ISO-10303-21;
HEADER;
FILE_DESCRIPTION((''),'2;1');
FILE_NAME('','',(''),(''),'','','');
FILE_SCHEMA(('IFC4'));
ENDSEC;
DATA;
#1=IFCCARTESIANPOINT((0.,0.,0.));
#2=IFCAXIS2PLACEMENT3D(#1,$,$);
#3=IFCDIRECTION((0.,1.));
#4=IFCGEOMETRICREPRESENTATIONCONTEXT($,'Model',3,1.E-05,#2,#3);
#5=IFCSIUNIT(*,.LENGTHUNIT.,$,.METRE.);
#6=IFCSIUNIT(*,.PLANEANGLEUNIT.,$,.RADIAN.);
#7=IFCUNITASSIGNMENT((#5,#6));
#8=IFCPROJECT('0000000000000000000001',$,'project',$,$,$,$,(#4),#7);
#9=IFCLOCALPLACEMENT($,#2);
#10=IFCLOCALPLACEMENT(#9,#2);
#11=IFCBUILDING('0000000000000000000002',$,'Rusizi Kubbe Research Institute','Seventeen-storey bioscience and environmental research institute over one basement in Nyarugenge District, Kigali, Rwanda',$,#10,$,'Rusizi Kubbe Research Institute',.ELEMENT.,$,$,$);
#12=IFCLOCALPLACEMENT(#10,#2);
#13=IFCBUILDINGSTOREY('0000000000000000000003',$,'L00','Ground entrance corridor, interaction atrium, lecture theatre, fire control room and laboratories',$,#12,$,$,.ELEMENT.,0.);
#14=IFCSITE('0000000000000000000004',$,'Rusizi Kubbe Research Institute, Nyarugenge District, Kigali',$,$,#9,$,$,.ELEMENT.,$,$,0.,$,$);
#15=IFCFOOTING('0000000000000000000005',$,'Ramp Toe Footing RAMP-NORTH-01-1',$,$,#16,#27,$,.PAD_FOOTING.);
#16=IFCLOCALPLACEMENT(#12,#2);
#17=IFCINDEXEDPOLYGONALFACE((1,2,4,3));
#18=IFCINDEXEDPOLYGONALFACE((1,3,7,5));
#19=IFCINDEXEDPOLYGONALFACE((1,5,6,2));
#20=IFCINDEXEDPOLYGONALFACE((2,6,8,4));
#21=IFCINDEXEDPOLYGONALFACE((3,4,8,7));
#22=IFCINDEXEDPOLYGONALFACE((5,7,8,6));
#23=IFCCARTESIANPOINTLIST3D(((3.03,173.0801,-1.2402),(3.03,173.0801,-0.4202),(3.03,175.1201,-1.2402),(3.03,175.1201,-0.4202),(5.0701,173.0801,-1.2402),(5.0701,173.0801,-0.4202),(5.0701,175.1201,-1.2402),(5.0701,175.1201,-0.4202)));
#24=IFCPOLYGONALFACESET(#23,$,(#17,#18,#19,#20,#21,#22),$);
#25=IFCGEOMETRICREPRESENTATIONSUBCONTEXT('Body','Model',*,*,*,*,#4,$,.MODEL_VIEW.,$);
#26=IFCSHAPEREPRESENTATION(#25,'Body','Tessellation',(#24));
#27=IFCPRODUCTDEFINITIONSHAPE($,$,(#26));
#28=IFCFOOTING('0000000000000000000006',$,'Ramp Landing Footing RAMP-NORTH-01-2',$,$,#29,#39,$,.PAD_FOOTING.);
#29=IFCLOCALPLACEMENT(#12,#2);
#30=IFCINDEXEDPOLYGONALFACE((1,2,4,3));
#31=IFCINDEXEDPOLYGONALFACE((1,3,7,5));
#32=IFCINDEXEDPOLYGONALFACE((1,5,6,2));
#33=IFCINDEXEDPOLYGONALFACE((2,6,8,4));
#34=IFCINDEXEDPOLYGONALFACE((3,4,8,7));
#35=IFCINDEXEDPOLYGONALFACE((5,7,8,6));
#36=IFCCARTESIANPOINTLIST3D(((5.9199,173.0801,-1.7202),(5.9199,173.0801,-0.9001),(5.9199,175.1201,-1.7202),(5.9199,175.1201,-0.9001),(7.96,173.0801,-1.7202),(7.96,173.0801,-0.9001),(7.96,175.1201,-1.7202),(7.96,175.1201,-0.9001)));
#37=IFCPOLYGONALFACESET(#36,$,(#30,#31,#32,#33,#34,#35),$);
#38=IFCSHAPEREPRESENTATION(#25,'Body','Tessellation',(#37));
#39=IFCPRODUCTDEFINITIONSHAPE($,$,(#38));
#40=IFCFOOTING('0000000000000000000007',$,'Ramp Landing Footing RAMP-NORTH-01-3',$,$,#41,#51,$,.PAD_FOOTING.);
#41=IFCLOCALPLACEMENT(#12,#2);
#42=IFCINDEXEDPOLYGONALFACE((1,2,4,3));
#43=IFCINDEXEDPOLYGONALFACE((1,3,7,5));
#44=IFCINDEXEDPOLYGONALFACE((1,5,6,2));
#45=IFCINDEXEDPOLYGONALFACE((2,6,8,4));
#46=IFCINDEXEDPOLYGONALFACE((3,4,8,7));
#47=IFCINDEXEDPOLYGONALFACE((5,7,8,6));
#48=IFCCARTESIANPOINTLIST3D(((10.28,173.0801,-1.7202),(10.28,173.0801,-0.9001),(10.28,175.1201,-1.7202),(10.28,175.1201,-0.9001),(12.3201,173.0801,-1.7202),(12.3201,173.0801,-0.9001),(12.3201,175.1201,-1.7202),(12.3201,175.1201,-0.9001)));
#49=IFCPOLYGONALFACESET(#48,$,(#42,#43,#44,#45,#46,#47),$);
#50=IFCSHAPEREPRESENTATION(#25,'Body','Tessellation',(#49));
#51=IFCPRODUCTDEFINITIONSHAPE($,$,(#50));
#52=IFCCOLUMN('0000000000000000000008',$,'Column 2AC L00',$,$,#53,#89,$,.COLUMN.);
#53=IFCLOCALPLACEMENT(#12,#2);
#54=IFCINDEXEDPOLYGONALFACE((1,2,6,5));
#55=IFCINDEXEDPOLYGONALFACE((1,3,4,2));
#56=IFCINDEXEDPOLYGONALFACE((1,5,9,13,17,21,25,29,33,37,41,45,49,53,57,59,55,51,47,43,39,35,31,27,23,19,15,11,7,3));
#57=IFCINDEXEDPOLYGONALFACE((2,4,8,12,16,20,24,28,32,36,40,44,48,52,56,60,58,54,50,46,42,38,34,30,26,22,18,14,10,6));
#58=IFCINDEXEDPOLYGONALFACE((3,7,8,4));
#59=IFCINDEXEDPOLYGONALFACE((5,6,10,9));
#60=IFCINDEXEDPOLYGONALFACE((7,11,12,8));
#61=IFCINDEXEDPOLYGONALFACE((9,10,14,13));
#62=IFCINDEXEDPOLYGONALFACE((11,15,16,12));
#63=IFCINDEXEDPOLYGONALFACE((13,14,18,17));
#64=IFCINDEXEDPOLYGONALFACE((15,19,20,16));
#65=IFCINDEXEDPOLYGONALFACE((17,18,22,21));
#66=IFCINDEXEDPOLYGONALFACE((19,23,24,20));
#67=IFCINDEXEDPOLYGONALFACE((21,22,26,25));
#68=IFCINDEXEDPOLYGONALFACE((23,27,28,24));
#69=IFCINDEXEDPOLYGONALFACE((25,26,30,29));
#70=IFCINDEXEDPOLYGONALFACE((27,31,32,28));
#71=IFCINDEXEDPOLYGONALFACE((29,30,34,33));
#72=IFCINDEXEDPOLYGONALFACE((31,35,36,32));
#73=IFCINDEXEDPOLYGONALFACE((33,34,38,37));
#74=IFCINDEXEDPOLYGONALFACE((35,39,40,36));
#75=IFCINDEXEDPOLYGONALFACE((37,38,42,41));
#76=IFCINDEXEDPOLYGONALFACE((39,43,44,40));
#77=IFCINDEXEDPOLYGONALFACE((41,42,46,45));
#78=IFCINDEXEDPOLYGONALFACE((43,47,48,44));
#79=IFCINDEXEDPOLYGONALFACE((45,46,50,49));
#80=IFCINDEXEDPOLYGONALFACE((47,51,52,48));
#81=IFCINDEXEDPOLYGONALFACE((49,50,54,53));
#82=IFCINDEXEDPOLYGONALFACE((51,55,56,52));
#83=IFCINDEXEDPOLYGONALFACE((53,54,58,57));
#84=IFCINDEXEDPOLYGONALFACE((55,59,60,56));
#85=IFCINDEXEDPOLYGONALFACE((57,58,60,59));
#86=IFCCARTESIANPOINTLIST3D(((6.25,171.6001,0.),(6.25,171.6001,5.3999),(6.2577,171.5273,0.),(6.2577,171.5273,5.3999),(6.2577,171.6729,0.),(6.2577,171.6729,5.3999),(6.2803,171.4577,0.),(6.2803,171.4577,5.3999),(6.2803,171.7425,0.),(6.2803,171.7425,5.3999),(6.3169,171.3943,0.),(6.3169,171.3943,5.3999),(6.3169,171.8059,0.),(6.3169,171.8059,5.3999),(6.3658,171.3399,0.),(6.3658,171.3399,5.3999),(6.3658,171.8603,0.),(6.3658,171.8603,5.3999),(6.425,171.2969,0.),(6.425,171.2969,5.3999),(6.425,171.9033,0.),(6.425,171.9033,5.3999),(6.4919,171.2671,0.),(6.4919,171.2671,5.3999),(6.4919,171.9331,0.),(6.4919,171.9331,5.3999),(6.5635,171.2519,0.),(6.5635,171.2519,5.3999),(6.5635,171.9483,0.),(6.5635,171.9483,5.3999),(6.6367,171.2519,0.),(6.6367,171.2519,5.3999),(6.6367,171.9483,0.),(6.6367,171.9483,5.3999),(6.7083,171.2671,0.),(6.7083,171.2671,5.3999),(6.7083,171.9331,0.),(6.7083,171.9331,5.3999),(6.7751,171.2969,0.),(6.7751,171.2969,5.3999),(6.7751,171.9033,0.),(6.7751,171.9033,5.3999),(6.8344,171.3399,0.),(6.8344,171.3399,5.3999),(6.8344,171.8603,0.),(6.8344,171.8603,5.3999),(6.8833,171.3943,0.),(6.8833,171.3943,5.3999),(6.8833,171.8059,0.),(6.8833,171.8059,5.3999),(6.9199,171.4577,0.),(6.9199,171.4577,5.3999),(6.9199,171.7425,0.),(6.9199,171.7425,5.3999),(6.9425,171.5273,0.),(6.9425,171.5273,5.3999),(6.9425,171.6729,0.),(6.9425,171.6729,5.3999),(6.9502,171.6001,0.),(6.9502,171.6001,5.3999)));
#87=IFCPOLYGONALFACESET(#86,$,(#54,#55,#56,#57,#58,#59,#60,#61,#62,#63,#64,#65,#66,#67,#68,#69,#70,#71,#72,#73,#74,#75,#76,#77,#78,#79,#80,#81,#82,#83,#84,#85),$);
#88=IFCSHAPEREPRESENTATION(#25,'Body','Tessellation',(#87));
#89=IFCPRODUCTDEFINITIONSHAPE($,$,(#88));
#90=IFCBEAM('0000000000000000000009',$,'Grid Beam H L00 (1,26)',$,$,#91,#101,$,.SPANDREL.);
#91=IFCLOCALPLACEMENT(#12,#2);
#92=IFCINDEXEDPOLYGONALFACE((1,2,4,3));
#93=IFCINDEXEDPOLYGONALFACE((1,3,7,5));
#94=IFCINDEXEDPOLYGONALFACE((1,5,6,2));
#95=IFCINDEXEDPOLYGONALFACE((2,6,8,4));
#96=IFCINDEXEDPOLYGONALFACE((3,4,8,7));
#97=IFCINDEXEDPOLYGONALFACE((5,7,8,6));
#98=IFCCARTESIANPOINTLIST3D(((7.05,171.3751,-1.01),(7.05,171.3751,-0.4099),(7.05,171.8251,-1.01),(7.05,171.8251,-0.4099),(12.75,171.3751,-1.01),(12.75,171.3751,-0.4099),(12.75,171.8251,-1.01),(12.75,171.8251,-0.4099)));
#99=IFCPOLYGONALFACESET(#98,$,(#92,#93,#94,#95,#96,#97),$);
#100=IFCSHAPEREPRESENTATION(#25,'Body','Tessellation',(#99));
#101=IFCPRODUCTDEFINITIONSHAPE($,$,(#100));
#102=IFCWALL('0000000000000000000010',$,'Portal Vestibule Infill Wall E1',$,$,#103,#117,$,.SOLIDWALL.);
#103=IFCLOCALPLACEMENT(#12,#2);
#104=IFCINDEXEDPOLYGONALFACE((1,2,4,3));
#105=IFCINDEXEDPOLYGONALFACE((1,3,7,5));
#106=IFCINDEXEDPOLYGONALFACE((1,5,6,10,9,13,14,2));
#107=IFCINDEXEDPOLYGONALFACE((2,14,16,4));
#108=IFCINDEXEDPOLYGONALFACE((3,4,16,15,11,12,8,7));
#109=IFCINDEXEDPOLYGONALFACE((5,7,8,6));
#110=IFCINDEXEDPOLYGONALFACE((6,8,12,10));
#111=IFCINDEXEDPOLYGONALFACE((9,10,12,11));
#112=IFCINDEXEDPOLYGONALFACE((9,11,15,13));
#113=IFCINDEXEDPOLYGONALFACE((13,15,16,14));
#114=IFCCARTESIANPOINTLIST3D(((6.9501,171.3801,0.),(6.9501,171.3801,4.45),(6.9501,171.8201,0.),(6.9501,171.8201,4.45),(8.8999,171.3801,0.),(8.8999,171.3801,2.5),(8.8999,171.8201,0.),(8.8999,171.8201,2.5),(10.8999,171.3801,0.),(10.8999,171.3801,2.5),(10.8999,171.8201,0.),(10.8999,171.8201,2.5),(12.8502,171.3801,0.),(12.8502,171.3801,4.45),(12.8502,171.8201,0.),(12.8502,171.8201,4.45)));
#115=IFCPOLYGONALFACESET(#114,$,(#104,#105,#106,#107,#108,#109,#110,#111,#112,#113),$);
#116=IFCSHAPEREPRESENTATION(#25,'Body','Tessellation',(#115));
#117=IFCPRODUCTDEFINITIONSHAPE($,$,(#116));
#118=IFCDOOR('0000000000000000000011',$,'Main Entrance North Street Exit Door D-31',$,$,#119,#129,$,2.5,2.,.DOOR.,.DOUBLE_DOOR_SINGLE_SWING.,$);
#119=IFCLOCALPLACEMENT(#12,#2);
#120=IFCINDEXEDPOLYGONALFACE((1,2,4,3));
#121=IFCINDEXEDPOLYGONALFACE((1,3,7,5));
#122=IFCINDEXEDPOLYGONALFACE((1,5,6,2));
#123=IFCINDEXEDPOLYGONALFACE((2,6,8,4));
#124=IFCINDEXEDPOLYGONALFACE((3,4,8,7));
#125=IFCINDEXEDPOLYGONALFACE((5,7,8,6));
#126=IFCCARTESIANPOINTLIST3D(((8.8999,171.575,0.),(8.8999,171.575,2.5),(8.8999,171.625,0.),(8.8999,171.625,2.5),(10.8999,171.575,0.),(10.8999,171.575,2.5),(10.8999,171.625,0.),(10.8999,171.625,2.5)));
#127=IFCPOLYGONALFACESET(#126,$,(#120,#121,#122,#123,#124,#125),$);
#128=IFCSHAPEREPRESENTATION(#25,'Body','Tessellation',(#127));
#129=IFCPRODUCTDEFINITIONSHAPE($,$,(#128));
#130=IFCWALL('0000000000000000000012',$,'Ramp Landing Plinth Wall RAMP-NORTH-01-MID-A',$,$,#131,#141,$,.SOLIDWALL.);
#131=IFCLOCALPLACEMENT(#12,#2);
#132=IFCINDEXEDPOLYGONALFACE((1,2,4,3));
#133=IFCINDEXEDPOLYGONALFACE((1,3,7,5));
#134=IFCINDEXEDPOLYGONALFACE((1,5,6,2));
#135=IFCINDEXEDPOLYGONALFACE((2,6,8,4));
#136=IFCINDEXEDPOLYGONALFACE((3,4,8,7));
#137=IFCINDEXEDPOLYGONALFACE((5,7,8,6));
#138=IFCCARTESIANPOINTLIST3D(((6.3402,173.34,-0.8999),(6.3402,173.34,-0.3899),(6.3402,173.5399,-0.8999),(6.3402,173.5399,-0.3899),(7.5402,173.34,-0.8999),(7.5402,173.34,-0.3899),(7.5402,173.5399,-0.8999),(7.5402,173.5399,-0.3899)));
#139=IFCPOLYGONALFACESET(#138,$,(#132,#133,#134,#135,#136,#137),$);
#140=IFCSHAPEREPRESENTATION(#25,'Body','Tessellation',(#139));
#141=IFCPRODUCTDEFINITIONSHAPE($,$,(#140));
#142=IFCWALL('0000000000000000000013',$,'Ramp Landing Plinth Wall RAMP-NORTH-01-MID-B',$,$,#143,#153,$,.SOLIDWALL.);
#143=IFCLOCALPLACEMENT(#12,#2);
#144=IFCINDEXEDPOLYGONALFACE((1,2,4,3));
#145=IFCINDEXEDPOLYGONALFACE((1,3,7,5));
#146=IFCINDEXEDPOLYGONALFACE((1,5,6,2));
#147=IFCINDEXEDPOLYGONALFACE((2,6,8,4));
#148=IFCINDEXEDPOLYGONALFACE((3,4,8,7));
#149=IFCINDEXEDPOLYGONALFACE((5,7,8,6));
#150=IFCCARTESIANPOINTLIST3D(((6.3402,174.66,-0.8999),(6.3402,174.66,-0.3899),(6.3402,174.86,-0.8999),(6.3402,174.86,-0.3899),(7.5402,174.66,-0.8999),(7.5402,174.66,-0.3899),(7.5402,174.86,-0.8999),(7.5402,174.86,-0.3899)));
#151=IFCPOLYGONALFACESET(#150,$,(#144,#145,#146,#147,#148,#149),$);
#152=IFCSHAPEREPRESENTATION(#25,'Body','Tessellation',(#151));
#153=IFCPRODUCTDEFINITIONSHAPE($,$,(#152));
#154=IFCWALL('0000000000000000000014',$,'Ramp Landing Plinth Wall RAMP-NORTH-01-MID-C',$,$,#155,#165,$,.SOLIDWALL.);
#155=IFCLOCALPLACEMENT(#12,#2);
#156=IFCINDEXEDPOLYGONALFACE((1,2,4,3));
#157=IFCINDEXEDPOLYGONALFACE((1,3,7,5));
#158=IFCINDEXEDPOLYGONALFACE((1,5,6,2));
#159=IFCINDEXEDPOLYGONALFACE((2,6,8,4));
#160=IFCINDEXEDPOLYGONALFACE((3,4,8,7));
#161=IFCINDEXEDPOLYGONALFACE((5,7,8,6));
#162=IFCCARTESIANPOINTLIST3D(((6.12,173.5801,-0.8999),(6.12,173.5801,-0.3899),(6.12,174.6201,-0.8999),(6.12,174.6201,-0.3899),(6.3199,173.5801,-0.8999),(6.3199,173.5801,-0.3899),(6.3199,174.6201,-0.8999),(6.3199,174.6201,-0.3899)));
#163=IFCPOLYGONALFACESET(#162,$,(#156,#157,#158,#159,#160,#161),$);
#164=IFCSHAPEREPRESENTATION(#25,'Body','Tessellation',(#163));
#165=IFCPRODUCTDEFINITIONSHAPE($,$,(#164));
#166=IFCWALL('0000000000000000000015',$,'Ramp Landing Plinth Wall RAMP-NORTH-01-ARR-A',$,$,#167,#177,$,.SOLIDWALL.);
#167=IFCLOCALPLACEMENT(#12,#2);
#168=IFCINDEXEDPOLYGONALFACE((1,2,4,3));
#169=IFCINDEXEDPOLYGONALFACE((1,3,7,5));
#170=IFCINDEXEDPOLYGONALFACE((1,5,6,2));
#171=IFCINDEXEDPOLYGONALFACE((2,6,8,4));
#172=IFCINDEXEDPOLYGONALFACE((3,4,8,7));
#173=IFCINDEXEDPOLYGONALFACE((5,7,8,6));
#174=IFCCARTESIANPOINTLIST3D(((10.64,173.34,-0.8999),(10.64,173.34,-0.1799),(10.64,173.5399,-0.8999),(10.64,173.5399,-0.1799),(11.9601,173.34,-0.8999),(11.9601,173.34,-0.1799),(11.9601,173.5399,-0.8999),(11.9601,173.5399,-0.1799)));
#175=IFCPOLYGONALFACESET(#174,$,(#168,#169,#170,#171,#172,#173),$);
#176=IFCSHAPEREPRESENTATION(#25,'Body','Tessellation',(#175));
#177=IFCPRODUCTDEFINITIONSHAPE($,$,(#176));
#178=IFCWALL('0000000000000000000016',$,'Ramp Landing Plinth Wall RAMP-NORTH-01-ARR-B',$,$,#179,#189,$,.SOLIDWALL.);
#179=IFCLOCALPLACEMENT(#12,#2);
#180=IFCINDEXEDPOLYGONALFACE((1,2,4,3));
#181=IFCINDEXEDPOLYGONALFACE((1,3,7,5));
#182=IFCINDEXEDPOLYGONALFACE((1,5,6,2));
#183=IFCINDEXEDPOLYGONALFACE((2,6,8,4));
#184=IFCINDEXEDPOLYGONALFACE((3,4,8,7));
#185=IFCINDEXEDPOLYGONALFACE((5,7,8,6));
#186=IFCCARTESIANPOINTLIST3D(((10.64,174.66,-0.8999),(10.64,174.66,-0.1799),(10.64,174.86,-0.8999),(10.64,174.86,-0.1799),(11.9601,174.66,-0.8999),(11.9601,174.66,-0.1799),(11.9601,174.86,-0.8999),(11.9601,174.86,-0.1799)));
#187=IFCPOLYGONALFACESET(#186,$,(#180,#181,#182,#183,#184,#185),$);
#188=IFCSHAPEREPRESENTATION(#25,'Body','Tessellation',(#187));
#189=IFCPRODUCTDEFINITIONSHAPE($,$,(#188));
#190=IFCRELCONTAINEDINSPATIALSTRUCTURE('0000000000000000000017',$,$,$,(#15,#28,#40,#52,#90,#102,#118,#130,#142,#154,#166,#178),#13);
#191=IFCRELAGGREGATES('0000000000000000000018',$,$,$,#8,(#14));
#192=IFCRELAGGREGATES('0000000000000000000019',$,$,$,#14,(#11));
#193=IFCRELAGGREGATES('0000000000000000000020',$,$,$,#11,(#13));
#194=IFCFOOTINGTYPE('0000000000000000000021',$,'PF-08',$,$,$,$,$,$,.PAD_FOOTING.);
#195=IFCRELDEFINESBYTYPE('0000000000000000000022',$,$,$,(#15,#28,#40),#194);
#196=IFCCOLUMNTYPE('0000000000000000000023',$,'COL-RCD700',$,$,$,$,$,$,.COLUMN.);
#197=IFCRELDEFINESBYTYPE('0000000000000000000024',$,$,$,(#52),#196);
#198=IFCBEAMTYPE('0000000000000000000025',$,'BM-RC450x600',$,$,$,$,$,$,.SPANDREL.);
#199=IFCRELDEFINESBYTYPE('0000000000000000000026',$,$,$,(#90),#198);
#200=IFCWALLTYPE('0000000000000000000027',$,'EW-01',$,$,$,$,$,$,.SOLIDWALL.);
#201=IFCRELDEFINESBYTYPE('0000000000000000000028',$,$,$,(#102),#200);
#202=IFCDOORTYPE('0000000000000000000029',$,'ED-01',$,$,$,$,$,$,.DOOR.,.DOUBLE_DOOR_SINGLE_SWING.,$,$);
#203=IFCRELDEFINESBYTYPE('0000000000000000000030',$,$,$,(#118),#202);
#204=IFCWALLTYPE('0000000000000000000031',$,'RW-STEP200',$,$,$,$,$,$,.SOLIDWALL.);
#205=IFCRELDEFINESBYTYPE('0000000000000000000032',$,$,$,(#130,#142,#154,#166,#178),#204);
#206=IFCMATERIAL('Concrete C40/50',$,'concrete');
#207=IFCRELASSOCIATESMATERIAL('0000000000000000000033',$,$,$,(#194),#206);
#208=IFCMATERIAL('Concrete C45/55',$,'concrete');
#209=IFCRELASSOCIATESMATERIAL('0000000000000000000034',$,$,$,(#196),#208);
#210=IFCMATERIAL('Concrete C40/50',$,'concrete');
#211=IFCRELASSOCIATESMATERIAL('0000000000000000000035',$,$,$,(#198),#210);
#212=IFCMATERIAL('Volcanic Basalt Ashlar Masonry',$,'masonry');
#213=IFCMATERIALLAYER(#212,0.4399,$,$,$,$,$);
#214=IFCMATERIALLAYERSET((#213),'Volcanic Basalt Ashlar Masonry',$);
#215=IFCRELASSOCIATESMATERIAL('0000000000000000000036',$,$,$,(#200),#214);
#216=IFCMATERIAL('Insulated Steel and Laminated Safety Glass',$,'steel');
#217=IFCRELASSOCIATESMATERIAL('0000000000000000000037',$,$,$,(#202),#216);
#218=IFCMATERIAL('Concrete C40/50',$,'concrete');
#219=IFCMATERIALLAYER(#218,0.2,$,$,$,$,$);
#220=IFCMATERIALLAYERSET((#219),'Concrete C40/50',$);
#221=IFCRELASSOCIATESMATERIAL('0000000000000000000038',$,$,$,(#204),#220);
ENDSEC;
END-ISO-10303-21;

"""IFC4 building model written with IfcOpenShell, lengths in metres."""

from ifc_helpers import new_model, si_unit, direction, frame, frame_2d, origin, origin_2d, place, context, subcontext, project, spatial, rectangle, circle, extrude, material, layer, layer_set, material_profile, profile_set, type_object, element, fill, save


model = new_model("IFC4")

# Units and contexts
model_context = context("Model", 3, precision=1e-05, world=origin(), true_north=direction((0.0, 1.0)))
body_context = subcontext(model_context, "Body", "Model", "MODEL_VIEW")
ifc_project = project(units=[si_unit("LENGTHUNIT", "METRE"), si_unit("PLANEANGLEUNIT", "RADIAN")], contexts=[model_context])

# Site, building, storey
site_placement = place(None, origin())
site = spatial("IfcSite", under=ifc_project, at=site_placement, Name="Rusizi Kubbe Research Institute, Nyarugenge District, Kigali", CompositionType="ELEMENT", RefElevation=0.0)
building_placement = place(site_placement, origin())
building = spatial("IfcBuilding", under=site, at=building_placement, Name="Rusizi Kubbe Research Institute", Description="Seventeen-storey bioscience and environmental research institute over one basement in Nyarugenge District, Kigali, Rwanda", LongName="Rusizi Kubbe Research Institute", CompositionType="ELEMENT")
storey_placement = place(building_placement, origin())
storey = spatial("IfcBuildingStorey", under=building, at=storey_placement, Name="L00", Description="Ground entrance corridor, interaction atrium, lecture theatre, fire control room and laboratories", CompositionType="ELEMENT", Elevation=0.0)

# Footings
ifc_material_1 = material(Name="Concrete C40/50", Category="concrete")
footing_type = type_object("IfcFootingType", Name="PF-08", PredefinedType="PAD_FOOTING", material=ifc_material_1)
for number, where, z_axis, x_axis, name in (
    (1, (4.05, 174.1001, -1.2402), (0.0, 0.0, 1.0), (1.0, 0.0, 0.0), "Ramp Toe Footing RAMP-NORTH-01-1"),
    (2, (6.9399, 174.1001, -1.7202), (0.0, 0.0, 1.0), (1.0, 0.0, 0.0), "Ramp Landing Footing RAMP-NORTH-01-2"),
    (3, (11.3, 174.1001, -1.7202), (0.0, 0.0, 1.0), (1.0, 0.0, 0.0), "Ramp Landing Footing RAMP-NORTH-01-3"),
):
    element("IfcFooting", number, at=place(storey_placement, frame(where, z_axis=z_axis, x_axis=x_axis)), inside=storey, type_object=footing_type, Name=name, PredefinedType="PAD_FOOTING", context=body_context, shape_type="SweptSolid", body=[
        extrude(rectangle(XDim=2.04, YDim=2.04, at=origin_2d()), origin(), (0.0, 0.0, 1.0), 0.8201),
    ])

# Column
ifc_material_2 = material(Name="Concrete C45/55", Category="concrete")
ifc_material_profile_1 = material_profile(ifc_material_2, circle(Radius=0.3501, at=origin_2d()), Name="RCD700")
ifc_profile_set_1 = profile_set([ifc_material_profile_1], Name="Concrete C45/55")
column_type = type_object("IfcColumnType", Name="COL-RCD700", PredefinedType="COLUMN", material=ifc_profile_set_1)
column_placement = place(storey_placement, frame((6.6001, 171.6001, 0.0), z_axis=(0.0, 0.0, 1.0), x_axis=(1.0, 0.0, 0.0)))
element("IfcColumn", 4, at=column_placement, inside=storey, type_object=column_type, Name="Column 2AC L00", PredefinedType="COLUMN", context=body_context, shape_type="SweptSolid", body=[
    extrude(circle(Radius=0.3501, at=origin_2d()), origin(), (0.0, 0.0, 1.0), 5.3999),
])

# Beam
ifc_material_3 = material(Name="Concrete C40/50", Category="concrete")
ifc_material_profile_2 = material_profile(ifc_material_3, rectangle(XDim=0.45, YDim=0.6001, at=origin_2d()), Name="RC450x600")
ifc_profile_set_2 = profile_set([ifc_material_profile_2], Name="Concrete C40/50")
beam_type = type_object("IfcBeamType", Name="BM-RC450x600", PredefinedType="SPANDREL", material=ifc_profile_set_2)
beam_placement = place(storey_placement, frame((7.05, 171.6001, -0.71), z_axis=(1.0, 0.0, 0.0), x_axis=(0.0, 1.0, 0.0)))
element("IfcBeam", 5, at=beam_placement, inside=storey, type_object=beam_type, Name="Grid Beam H L00 (1,26)", PredefinedType="SPANDREL", context=body_context, shape_type="SweptSolid", body=[
    extrude(rectangle(XDim=0.45, YDim=0.6001, at=origin_2d()), origin(), (0.0, 0.0, 1.0), 5.7),
])

# Wall, opening, door
ifc_material_4 = material(Name="Volcanic Basalt Ashlar Masonry", Category="masonry")
ifc_layer_1 = layer(ifc_material_4, 0.4399)
ifc_layer_set_1 = layer_set([ifc_layer_1], Name="Volcanic Basalt Ashlar Masonry")
wall_type_1 = type_object("IfcWallType", Name="EW-01", PredefinedType="SOLIDWALL", material=ifc_layer_set_1)
wall_1_placement = place(storey_placement, frame((6.95, 171.6001, 0.0), z_axis=(0.0, 0.0, 1.0), x_axis=(1.0, 0.0, 0.0)))
wall_1 = element("IfcWall", 6, at=wall_1_placement, inside=storey, type_object=wall_type_1, Name="Portal Vestibule Infill Wall E1", PredefinedType="SOLIDWALL", context=body_context, shape_type="SweptSolid", body=[
    extrude(rectangle(XDim=5.9001, YDim=0.4399, at=frame_2d((2.9502, 0.0))), origin(), (0.0, 0.0, 1.0), 4.45),
])
opening_placement = place(wall_1_placement, frame((1.95, 0.0, 0.0)))
opening = element("IfcOpeningElement", 7, at=opening_placement, cuts=wall_1, PredefinedType="OPENING", context=body_context, shape_type="SweptSolid", body=[
    extrude(rectangle(XDim=2.0, YDim=2.5, at=frame_2d((1.0, 1.25))), frame((0.0, 0.23, 0.0), z_axis=(0.0, -1.0, 0.0), x_axis=(1.0, 0.0, 0.0)), (0.0, 0.0, 1.0), 0.46),
])
ifc_material_5 = material(Name="Insulated Steel and Laminated Safety Glass", Category="steel")
door_type = type_object("IfcDoorType", Name="ED-01", OperationType="DOUBLE_DOOR_SINGLE_SWING", PredefinedType="DOOR", material=ifc_material_5)
door_placement = place(opening_placement, origin())
door = element("IfcDoor", 8, at=door_placement, inside=storey, type_object=door_type, Name="Main Entrance North Street Exit Door D-31", OperationType="DOUBLE_DOOR_SINGLE_SWING", OverallHeight=2.5, OverallWidth=2.0, PredefinedType="DOOR", context=body_context, shape_type="SweptSolid", body=[
    extrude(rectangle(XDim=2.0, YDim=2.5, at=frame_2d((1.0, 1.25))), frame((0.0, 0.0249, 0.0), z_axis=(0.0, -1.0, 0.0), x_axis=(1.0, 0.0, 0.0)), (0.0, 0.0, 1.0), 0.05),
])
fill(opening, door)

# Walls
ifc_material_6 = material(Name="Concrete C40/50", Category="concrete")
ifc_layer_2 = layer(ifc_material_6, 0.2)
ifc_layer_set_2 = layer_set([ifc_layer_2], Name="Concrete C40/50")
wall_type_2 = type_object("IfcWallType", Name="RW-STEP200", PredefinedType="SOLIDWALL", material=ifc_layer_set_2)
for number, where, z_axis, x_axis, name in (
    (9, (6.3401, 173.4399, -0.8999), (0.0, 0.0, 1.0), (1.0, 0.0, 0.0), "Ramp Landing Plinth Wall RAMP-NORTH-01-MID-A"),
    (10, (6.3401, 174.76, -0.8999), (0.0, 0.0, 1.0), (1.0, 0.0, 0.0), "Ramp Landing Plinth Wall RAMP-NORTH-01-MID-B"),
):
    element("IfcWall", number, at=place(storey_placement, frame(where, z_axis=z_axis, x_axis=x_axis)), inside=storey, type_object=wall_type_2, Name=name, PredefinedType="SOLIDWALL", context=body_context, shape_type="SweptSolid", body=[
        extrude(rectangle(XDim=1.2, YDim=0.2, at=frame_2d((0.6001, 0.0))), origin(), (0.0, 0.0, 1.0), 0.51),
    ])
wall_2_placement = place(storey_placement, frame((6.22, 173.5801, -0.8999), z_axis=(0.0, 0.0, 1.0), x_axis=(0.0, 1.0, 0.0)))
element("IfcWall", 11, at=wall_2_placement, inside=storey, type_object=wall_type_2, Name="Ramp Landing Plinth Wall RAMP-NORTH-01-MID-C", PredefinedType="SOLIDWALL", context=body_context, shape_type="SweptSolid", body=[
    extrude(rectangle(XDim=1.04, YDim=0.2, at=frame_2d((0.52, 0.0))), origin(), (0.0, 0.0, 1.0), 0.51),
])
for number, where, z_axis, x_axis, name in (
    (12, (10.6399, 173.4399, -0.8999), (0.0, 0.0, 1.0), (1.0, 0.0, 0.0), "Ramp Landing Plinth Wall RAMP-NORTH-01-ARR-A"),
    (13, (10.6399, 174.76, -0.8999), (0.0, 0.0, 1.0), (1.0, 0.0, 0.0), "Ramp Landing Plinth Wall RAMP-NORTH-01-ARR-B"),
):
    element("IfcWall", number, at=place(storey_placement, frame(where, z_axis=z_axis, x_axis=x_axis)), inside=storey, type_object=wall_type_2, Name=name, PredefinedType="SOLIDWALL", context=body_context, shape_type="SweptSolid", body=[
        extrude(rectangle(XDim=1.3201, YDim=0.2, at=frame_2d((0.6602, 0.0))), origin(), (0.0, 0.0, 1.0), 0.72),
    ])

save(model, "model.ifc")
